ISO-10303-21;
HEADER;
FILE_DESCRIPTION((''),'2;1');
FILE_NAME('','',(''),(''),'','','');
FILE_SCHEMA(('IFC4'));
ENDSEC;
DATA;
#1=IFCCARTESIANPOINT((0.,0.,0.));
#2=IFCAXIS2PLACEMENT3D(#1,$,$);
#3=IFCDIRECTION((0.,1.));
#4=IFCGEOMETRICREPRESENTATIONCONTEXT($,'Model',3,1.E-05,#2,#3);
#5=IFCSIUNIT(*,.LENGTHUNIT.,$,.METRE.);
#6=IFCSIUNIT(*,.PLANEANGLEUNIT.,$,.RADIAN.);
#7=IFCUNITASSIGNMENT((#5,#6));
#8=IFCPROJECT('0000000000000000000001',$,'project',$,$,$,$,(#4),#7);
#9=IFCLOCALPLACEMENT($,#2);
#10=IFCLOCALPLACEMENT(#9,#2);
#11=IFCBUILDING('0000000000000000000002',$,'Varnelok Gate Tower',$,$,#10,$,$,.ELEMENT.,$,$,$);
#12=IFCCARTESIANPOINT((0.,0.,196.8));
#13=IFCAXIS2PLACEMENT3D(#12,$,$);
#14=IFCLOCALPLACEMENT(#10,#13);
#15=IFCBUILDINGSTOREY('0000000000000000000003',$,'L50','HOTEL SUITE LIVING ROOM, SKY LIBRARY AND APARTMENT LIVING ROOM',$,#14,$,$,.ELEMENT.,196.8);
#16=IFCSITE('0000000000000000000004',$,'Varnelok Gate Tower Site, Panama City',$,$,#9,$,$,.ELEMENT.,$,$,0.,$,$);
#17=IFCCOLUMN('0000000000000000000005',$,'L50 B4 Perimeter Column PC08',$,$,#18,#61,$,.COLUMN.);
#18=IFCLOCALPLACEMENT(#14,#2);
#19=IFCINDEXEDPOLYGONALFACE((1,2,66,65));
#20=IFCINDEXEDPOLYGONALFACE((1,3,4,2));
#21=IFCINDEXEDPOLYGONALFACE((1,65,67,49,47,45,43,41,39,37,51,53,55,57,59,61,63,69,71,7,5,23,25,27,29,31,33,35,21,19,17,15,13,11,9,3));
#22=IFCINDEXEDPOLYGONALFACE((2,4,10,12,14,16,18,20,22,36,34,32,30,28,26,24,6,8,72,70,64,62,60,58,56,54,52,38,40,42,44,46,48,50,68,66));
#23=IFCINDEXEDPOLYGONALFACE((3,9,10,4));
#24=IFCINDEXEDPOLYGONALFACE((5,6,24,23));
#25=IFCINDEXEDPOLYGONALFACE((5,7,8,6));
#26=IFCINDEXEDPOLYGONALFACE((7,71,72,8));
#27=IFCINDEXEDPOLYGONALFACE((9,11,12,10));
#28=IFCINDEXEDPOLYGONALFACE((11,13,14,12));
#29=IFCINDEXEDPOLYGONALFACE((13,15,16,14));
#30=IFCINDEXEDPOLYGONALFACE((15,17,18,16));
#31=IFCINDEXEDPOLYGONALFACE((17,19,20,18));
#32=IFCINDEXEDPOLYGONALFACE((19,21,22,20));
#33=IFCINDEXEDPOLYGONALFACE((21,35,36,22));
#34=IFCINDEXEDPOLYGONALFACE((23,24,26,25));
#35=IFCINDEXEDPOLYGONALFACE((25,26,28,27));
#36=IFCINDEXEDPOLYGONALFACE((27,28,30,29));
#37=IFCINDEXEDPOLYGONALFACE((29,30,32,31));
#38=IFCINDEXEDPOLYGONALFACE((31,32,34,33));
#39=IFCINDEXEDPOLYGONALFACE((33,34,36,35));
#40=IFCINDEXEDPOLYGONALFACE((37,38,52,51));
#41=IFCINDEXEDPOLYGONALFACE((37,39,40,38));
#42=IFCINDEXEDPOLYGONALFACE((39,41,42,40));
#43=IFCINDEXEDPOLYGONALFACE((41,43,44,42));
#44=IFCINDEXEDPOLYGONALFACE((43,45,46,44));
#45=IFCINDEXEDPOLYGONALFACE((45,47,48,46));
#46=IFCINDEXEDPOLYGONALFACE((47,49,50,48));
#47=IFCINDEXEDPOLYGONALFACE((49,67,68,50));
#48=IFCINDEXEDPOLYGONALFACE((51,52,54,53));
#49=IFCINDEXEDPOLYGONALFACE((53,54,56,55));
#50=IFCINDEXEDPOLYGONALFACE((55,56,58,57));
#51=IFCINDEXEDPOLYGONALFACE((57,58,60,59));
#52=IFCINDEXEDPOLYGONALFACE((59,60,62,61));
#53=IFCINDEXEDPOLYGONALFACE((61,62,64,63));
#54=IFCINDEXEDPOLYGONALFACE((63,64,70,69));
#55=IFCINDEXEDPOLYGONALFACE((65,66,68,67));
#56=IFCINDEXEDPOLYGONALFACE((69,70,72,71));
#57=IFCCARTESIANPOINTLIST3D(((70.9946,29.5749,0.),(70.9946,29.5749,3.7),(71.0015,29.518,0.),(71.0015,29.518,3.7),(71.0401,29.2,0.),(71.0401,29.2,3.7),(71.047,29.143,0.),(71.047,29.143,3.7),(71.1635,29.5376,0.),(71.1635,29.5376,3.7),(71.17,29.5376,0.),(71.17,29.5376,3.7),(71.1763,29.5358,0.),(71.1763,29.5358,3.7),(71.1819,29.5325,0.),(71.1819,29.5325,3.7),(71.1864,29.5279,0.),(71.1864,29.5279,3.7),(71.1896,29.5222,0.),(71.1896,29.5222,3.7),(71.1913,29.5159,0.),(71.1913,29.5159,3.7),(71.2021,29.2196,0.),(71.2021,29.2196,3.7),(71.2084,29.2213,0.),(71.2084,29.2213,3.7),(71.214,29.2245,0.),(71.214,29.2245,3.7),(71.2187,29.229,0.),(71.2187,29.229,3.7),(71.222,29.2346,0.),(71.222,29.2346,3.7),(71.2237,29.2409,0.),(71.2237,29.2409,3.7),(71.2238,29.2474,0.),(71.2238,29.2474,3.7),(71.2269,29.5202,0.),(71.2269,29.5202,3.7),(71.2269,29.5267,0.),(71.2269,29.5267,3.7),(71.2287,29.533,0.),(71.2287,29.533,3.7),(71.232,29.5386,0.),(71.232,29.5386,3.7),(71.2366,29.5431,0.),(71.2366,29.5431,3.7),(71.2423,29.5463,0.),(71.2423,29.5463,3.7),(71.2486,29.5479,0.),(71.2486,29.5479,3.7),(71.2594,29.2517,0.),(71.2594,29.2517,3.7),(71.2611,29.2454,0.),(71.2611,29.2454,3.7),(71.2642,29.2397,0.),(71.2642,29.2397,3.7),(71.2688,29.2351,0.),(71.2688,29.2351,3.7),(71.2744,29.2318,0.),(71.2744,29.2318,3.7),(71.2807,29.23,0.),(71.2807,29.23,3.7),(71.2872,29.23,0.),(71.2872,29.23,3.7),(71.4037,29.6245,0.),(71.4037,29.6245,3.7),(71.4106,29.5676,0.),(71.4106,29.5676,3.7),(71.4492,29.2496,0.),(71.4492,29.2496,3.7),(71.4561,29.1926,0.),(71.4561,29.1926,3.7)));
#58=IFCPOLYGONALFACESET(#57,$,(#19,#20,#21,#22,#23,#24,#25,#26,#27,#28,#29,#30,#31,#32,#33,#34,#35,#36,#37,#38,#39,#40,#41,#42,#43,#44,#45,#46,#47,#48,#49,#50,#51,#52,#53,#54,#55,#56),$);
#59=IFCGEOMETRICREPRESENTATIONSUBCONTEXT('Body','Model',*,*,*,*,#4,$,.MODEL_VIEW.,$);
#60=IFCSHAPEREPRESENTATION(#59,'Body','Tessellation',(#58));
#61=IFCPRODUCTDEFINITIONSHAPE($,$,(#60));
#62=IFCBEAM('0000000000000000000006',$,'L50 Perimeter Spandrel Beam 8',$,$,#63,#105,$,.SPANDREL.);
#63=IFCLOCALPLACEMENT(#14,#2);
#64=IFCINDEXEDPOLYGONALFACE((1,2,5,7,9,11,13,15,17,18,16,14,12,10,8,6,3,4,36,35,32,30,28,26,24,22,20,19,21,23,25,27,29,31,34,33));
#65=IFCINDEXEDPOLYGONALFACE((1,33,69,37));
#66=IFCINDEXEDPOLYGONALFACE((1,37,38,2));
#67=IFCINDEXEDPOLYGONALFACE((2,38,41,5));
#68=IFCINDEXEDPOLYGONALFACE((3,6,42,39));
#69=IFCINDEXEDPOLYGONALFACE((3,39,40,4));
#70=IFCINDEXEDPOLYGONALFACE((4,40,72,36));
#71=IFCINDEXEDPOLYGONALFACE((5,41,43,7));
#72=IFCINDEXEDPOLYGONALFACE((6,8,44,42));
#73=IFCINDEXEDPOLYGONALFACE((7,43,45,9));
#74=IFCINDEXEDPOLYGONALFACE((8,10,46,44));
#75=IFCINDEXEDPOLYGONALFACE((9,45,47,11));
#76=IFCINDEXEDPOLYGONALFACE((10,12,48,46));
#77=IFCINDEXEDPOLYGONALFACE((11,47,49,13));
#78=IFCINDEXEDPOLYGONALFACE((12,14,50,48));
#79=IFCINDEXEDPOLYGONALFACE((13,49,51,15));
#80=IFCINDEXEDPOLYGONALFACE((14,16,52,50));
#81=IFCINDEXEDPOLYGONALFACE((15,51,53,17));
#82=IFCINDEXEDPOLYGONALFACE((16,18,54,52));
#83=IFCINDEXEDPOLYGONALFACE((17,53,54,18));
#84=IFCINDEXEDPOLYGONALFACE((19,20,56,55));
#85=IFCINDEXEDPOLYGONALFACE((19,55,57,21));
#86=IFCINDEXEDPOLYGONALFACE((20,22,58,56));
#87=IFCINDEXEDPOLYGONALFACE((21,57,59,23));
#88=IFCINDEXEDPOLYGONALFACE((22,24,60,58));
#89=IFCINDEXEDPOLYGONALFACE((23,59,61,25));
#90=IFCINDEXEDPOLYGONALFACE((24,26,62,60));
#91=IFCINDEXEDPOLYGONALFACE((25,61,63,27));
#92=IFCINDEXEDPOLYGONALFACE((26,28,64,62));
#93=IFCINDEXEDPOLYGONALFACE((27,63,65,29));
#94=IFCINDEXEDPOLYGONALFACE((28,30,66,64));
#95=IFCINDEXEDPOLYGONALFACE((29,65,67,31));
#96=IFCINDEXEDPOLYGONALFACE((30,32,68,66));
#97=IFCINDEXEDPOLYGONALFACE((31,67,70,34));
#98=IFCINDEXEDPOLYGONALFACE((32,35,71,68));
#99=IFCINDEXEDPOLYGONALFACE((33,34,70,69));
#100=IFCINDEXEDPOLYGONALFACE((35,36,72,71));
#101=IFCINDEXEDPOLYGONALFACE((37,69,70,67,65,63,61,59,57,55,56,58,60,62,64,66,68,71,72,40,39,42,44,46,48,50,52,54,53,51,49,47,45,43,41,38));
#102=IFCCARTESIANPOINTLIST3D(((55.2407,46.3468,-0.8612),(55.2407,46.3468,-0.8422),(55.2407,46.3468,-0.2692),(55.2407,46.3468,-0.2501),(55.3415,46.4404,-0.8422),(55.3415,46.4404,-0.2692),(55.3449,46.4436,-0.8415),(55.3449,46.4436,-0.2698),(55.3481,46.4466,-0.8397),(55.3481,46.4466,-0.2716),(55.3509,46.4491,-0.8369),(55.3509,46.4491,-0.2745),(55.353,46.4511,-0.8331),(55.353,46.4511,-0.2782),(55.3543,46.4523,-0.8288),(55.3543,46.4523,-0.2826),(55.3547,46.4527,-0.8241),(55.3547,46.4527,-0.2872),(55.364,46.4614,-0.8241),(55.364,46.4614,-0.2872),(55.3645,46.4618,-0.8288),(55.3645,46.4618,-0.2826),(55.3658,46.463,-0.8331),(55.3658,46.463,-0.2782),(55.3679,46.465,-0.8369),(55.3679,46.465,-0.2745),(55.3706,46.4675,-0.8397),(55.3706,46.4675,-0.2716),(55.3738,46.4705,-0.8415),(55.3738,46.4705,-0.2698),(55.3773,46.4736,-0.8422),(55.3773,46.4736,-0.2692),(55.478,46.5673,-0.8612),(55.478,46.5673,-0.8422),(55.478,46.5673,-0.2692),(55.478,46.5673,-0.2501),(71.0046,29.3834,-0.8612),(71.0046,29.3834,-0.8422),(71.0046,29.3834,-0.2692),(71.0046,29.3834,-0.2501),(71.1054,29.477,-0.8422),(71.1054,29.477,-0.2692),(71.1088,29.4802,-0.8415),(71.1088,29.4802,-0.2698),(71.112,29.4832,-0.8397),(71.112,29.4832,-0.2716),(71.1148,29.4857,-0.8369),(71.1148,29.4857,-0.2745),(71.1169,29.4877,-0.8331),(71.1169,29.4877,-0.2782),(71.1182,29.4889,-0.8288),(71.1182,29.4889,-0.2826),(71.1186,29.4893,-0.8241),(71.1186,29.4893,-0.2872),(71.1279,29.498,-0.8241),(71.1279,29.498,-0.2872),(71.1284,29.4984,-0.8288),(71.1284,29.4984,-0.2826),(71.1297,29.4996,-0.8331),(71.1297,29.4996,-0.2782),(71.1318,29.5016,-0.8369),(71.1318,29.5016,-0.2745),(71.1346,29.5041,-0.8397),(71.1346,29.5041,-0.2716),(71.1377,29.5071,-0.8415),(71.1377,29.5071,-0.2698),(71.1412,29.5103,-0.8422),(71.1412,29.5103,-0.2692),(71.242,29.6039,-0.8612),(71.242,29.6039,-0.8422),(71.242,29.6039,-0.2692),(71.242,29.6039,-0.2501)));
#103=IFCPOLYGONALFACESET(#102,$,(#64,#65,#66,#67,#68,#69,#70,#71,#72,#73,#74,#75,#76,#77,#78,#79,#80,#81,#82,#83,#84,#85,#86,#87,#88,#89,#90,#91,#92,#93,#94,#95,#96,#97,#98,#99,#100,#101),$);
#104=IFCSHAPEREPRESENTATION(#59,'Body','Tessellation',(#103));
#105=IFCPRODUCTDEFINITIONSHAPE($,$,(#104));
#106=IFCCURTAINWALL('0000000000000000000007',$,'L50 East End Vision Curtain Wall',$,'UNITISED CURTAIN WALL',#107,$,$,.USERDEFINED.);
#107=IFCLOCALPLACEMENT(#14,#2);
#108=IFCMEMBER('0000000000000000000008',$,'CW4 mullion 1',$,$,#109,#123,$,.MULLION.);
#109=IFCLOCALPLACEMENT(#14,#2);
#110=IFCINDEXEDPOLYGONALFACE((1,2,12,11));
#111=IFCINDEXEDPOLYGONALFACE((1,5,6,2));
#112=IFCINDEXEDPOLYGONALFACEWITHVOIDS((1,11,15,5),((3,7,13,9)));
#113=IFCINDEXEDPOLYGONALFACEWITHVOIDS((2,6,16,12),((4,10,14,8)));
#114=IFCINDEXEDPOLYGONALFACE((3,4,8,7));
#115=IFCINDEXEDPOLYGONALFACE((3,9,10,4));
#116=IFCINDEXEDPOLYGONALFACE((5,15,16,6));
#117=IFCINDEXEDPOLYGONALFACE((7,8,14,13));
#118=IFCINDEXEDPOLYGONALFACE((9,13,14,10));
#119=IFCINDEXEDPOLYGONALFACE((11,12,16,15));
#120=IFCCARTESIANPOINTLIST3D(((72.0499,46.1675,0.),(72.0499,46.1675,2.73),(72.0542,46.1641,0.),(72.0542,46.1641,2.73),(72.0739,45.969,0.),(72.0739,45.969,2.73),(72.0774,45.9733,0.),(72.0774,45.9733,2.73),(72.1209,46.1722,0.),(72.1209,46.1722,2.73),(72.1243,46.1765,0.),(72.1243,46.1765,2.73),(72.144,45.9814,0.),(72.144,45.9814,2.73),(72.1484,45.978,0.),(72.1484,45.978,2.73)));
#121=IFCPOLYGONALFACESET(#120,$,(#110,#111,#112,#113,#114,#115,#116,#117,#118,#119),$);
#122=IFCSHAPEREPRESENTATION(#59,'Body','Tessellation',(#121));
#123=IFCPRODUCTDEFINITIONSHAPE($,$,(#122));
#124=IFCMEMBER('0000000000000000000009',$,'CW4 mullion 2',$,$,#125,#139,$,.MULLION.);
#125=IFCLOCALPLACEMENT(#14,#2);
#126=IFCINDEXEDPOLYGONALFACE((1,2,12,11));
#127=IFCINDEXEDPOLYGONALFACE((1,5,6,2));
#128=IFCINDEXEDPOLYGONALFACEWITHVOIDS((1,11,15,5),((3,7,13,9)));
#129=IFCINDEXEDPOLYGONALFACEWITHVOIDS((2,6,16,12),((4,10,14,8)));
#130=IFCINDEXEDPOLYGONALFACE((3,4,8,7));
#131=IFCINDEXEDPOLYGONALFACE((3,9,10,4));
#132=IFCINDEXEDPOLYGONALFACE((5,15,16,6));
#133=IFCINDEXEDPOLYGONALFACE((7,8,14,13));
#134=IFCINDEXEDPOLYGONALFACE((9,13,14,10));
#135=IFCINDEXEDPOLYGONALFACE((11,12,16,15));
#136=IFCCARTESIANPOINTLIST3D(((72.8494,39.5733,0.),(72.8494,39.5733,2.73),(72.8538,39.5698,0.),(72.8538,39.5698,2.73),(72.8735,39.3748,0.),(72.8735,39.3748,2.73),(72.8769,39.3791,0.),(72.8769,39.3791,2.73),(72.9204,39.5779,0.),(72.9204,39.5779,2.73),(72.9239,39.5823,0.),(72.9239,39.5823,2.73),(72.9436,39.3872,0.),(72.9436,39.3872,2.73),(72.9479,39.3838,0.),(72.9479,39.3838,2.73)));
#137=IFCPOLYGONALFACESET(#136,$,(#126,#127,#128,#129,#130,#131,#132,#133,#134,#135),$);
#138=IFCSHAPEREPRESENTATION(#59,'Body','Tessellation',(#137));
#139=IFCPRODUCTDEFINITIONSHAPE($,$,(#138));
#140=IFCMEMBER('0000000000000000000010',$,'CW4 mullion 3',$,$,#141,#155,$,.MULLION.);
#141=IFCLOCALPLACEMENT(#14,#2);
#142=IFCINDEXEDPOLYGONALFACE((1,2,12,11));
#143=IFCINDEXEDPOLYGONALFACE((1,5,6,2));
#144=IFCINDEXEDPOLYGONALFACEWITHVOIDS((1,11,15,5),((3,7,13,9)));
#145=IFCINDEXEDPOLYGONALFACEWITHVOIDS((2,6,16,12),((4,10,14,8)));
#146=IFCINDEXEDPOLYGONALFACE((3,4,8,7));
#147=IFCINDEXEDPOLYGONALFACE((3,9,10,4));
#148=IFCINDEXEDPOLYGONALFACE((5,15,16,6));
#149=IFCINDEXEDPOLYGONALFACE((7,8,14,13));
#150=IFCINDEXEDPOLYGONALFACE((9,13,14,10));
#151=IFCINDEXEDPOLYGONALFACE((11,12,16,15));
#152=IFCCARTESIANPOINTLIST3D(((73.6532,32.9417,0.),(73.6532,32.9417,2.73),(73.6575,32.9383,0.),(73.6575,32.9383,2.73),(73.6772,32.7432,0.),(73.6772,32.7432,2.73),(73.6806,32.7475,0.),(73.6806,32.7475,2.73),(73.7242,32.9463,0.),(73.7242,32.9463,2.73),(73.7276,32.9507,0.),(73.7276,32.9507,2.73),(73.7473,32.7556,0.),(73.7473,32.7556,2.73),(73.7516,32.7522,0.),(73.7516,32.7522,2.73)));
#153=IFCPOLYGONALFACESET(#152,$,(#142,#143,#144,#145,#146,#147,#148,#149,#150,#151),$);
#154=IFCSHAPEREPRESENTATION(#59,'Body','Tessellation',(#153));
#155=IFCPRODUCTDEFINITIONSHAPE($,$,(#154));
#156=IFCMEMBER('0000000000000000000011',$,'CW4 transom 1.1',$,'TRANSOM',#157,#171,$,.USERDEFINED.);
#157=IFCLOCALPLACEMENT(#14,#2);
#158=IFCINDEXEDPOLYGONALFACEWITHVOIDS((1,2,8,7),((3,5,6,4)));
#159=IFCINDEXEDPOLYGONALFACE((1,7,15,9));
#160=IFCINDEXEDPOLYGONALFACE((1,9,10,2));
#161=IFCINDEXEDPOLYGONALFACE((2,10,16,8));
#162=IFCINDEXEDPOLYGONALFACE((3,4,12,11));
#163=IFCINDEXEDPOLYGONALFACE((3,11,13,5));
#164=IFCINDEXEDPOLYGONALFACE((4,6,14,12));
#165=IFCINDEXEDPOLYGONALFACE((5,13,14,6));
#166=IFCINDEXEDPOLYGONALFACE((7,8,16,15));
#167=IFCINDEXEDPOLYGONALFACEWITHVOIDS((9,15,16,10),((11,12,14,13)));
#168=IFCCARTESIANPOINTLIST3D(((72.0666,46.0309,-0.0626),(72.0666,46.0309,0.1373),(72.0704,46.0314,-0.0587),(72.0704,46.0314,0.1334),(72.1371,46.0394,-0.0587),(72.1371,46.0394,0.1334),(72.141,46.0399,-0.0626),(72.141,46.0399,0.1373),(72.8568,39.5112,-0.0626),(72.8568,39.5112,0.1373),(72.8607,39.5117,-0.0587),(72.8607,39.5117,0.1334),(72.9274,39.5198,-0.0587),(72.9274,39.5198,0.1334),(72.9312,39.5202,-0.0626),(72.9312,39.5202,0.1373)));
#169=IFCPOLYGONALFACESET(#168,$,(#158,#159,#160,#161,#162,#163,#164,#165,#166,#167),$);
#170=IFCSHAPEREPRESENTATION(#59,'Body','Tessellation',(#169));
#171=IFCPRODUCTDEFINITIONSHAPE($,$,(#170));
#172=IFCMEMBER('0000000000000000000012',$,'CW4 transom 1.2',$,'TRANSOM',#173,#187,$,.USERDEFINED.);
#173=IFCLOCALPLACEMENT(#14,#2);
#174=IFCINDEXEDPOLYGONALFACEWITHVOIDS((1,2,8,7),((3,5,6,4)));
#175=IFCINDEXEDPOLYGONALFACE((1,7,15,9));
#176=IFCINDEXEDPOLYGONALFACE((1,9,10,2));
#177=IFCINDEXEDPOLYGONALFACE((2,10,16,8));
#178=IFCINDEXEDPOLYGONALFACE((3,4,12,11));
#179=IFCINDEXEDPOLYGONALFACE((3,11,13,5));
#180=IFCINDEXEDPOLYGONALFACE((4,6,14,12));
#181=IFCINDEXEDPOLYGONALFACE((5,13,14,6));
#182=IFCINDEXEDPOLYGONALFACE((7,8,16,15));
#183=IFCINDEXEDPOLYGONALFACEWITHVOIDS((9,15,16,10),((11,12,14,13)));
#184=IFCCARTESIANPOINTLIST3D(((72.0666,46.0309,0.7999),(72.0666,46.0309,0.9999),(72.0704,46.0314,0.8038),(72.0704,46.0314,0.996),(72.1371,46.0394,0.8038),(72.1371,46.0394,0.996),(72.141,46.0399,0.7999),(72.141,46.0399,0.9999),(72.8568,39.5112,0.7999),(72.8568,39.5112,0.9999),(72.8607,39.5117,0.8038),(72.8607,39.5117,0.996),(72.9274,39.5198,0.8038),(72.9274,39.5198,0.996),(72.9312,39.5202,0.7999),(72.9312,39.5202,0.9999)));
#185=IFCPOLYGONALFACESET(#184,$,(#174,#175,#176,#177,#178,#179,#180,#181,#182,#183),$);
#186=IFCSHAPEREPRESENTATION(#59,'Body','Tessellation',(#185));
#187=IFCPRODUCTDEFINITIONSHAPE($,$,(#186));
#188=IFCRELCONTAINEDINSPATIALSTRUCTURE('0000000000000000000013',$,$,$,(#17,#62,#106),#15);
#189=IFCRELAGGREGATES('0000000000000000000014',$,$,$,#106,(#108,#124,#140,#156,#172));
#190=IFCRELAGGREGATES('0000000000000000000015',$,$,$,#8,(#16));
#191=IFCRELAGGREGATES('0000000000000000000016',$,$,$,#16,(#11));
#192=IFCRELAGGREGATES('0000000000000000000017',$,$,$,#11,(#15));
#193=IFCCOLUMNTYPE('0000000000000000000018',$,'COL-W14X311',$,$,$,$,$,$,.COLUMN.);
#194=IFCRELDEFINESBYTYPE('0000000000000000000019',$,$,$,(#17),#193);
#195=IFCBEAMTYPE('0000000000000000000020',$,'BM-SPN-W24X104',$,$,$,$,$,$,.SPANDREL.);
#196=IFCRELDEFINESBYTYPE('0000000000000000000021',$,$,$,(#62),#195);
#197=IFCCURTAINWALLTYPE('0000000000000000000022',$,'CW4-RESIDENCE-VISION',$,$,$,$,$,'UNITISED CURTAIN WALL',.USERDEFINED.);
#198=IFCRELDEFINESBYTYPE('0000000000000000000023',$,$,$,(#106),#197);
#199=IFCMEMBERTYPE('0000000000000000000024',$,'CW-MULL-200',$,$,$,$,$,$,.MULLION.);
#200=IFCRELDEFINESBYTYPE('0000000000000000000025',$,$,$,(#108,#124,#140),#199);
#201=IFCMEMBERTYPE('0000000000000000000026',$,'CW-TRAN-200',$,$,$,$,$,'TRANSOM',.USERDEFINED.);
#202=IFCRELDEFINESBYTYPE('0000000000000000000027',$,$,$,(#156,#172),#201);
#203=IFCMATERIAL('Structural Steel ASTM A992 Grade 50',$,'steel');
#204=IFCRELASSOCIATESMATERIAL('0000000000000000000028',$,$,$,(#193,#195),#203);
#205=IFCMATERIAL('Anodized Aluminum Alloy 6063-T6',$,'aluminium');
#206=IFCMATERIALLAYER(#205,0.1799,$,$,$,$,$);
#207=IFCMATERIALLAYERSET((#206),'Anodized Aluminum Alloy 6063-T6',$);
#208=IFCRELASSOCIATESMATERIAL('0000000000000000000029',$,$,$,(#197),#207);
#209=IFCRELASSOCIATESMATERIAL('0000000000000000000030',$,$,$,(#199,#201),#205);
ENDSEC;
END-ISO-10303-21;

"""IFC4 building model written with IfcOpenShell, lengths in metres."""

from ifc_helpers import new_model, si_unit, direction, frame, origin, origin_2d, place, context, subcontext, project, spatial, hollow_rectangle, i_section, extrude, material, layer, layer_set, material_profile, profile_set, type_object, element, aggregate, save


model = new_model("IFC4")

# Units and contexts
model_context = context("Model", 3, precision=1e-05, world=origin(), true_north=direction((0.0, 1.0)))
body_context = subcontext(model_context, "Body", "Model", "MODEL_VIEW")
ifc_project = project(units=[si_unit("LENGTHUNIT", "METRE"), si_unit("PLANEANGLEUNIT", "RADIAN")], contexts=[model_context])

# Site, building, storey
site_placement = place(None, origin())
site = spatial("IfcSite", under=ifc_project, at=site_placement, Name="Varnelok Gate Tower Site, Panama City", CompositionType="ELEMENT", RefElevation=0.0)
building_placement = place(site_placement, origin())
building = spatial("IfcBuilding", under=site, at=building_placement, Name="Varnelok Gate Tower", CompositionType="ELEMENT")
storey_placement = place(building_placement, frame((0.0, 0.0, 196.8)))
storey = spatial("IfcBuildingStorey", under=building, at=storey_placement, Name="L50", Description="HOTEL SUITE LIVING ROOM, SKY LIBRARY AND APARTMENT LIVING ROOM", CompositionType="ELEMENT", Elevation=196.8)

# Column
ifc_material_1 = material(Name="Structural Steel ASTM A992 Grade 50", Category="steel")
ifc_material_profile_1 = material_profile(ifc_material_1, i_section(OverallWidth=0.4121, OverallDepth=0.4351, WebThickness=0.0359, FlangeThickness=0.0574, FilletRadius=0.0249, at=origin_2d()), Name="W14X311")
ifc_profile_set_1 = profile_set([ifc_material_profile_1], Name="Structural Steel ASTM A992 Grade 50")
column_type = type_object("IfcColumnType", Name="COL-W14X311", PredefinedType="COLUMN", material=ifc_profile_set_1)
column_placement = place(storey_placement, frame((71.2253, 29.3838, 0.0), z_axis=(0.0, 0.0, 1.0), x_axis=(0.992732, 0.120345, 0.0)))
element("IfcColumn", 1, at=column_placement, inside=storey, type_object=column_type, Name="L50 B4 Perimeter Column PC08", PredefinedType="COLUMN", context=body_context, shape_type="SweptSolid", body=[
    extrude(i_section(OverallWidth=0.4121, OverallDepth=0.4351, WebThickness=0.0359, FlangeThickness=0.0574, FilletRadius=0.0249, at=origin_2d()), origin(), (0.0, 0.0, 1.0), 3.7),
])

# Beam
ifc_material_profile_2 = material_profile(ifc_material_1, i_section(OverallWidth=0.324, OverallDepth=0.6111, WebThickness=0.0127, FlangeThickness=0.019, FilletRadius=0.0181, at=origin_2d()), Name="W24X104")
ifc_profile_set_2 = profile_set([ifc_material_profile_2], Name="Structural Steel ASTM A992 Grade 50")
beam_type = type_object("IfcBeamType", Name="BM-SPN-W24X104", PredefinedType="SPANDREL", material=ifc_profile_set_2)
beam_placement = place(storey_placement, frame((71.1233, 29.4937, -0.5557), z_axis=(-0.680734, 0.732531, 0.0), x_axis=(-0.732531, -0.680734, 0.0)))
element("IfcBeam", 2, at=beam_placement, inside=storey, type_object=beam_type, Name="L50 Perimeter Spandrel Beam 8", PredefinedType="SPANDREL", context=body_context, shape_type="SweptSolid", body=[
    extrude(i_section(OverallWidth=0.324, OverallDepth=0.6111, WebThickness=0.0127, FlangeThickness=0.019, FilletRadius=0.0181, at=origin_2d()), origin(), (0.0, 0.0, 1.0), 23.1572),
])

# Curtain wall, members
ifc_material_2 = material(Name="Anodized Aluminum Alloy 6063-T6", Category="aluminium")
ifc_layer_1 = layer(ifc_material_2, 0.1799)
ifc_layer_set_1 = layer_set([ifc_layer_1], Name="Anodized Aluminum Alloy 6063-T6")
curtain_wall_type = type_object("IfcCurtainWallType", Name="CW4-RESIDENCE-VISION", ElementType="UNITISED CURTAIN WALL", PredefinedType="USERDEFINED", material=ifc_layer_set_1)
curtain_wall_placement = place(storey_placement, origin())
curtain_wall = element("IfcCurtainWall", 3, at=curtain_wall_placement, inside=storey, type_object=curtain_wall_type, Name="L50 East End Vision Curtain Wall", ObjectType="UNITISED CURTAIN WALL", PredefinedType="USERDEFINED")
ifc_material_profile_3 = material_profile(ifc_material_2, hollow_rectangle(XDim=0.075, YDim=0.2, WallThickness=0.0039, at=origin_2d()), Name="ALU200X75X4")
ifc_profile_set_3 = profile_set([ifc_material_profile_3], Name="Anodized Aluminum Alloy 6063-T6")
member_type_1 = type_object("IfcMemberType", Name="CW-MULL-200", PredefinedType="MULLION", material=ifc_profile_set_3)
member_1_placement = place(storey_placement, frame((72.0991, 46.0728, 0.0), z_axis=(0.0, 0.0, 1.0), x_axis=(0.992732, 0.120345, 0.0)))
member_1 = element("IfcMember", 4, at=member_1_placement, type_object=member_type_1, Name="CW4 mullion 1", PredefinedType="MULLION", context=body_context, shape_type="SweptSolid", body=[
    extrude(hollow_rectangle(XDim=0.075, YDim=0.2, WallThickness=0.0039, at=origin_2d()), origin(), (0.0, 0.0, 1.0), 2.73),
])
member_2_placement = place(storey_placement, frame((72.8987, 39.4785, 0.0), z_axis=(0.0, 0.0, 1.0), x_axis=(0.992732, 0.120345, 0.0)))
member_2 = element("IfcMember", 5, at=member_2_placement, type_object=member_type_1, Name="CW4 mullion 2", PredefinedType="MULLION", context=body_context, shape_type="SweptSolid", body=[
    extrude(hollow_rectangle(XDim=0.075, YDim=0.2, WallThickness=0.0039, at=origin_2d()), origin(), (0.0, 0.0, 1.0), 2.73),
])
member_3_placement = place(storey_placement, frame((73.7024, 32.8469, 0.0), z_axis=(0.0, 0.0, 1.0), x_axis=(0.992732, 0.120345, 0.0)))
member_3 = element("IfcMember", 6, at=member_3_placement, type_object=member_type_1, Name="CW4 mullion 3", PredefinedType="MULLION", context=body_context, shape_type="SweptSolid", body=[
    extrude(hollow_rectangle(XDim=0.075, YDim=0.2, WallThickness=0.0039, at=origin_2d()), origin(), (0.0, 0.0, 1.0), 2.73),
])
ifc_material_profile_4 = material_profile(ifc_material_2, hollow_rectangle(XDim=0.075, YDim=0.2, WallThickness=0.0039, at=origin_2d()), Name="ALU200X75X4")
ifc_profile_set_4 = profile_set([ifc_material_profile_4], Name="Anodized Aluminum Alloy 6063-T6")
member_type_2 = type_object("IfcMemberType", Name="CW-TRAN-200", ElementType="TRANSOM", PredefinedType="USERDEFINED", material=ifc_profile_set_4)
member_4_placement = place(storey_placement, frame((72.1038, 46.0354, 0.0374), z_axis=(0.120332, -0.992734, 0.0), x_axis=(0.992734, 0.120332, 0.0)))
member_4 = element("IfcMember", 7, at=member_4_placement, type_object=member_type_2, Name="CW4 transom 1.1", ObjectType="TRANSOM", PredefinedType="USERDEFINED", context=body_context, shape_type="SweptSolid", body=[
    extrude(hollow_rectangle(XDim=0.075, YDim=0.2, WallThickness=0.0039, at=origin_2d()), origin(), (0.0, 0.0, 1.0), 6.5674),
])
member_5_placement = place(storey_placement, frame((72.1038, 46.0354, 0.8999), z_axis=(0.120332, -0.992734, 0.0), x_axis=(0.992734, 0.120332, 0.0)))
member_5 = element("IfcMember", 8, at=member_5_placement, type_object=member_type_2, Name="CW4 transom 1.2", ObjectType="TRANSOM", PredefinedType="USERDEFINED", context=body_context, shape_type="SweptSolid", body=[
    extrude(hollow_rectangle(XDim=0.075, YDim=0.2, WallThickness=0.0039, at=origin_2d()), origin(), (0.0, 0.0, 1.0), 6.5674),
])
aggregate(curtain_wall, [member_1, member_2, member_3, member_4, member_5])

save(model, "model.ifc")
